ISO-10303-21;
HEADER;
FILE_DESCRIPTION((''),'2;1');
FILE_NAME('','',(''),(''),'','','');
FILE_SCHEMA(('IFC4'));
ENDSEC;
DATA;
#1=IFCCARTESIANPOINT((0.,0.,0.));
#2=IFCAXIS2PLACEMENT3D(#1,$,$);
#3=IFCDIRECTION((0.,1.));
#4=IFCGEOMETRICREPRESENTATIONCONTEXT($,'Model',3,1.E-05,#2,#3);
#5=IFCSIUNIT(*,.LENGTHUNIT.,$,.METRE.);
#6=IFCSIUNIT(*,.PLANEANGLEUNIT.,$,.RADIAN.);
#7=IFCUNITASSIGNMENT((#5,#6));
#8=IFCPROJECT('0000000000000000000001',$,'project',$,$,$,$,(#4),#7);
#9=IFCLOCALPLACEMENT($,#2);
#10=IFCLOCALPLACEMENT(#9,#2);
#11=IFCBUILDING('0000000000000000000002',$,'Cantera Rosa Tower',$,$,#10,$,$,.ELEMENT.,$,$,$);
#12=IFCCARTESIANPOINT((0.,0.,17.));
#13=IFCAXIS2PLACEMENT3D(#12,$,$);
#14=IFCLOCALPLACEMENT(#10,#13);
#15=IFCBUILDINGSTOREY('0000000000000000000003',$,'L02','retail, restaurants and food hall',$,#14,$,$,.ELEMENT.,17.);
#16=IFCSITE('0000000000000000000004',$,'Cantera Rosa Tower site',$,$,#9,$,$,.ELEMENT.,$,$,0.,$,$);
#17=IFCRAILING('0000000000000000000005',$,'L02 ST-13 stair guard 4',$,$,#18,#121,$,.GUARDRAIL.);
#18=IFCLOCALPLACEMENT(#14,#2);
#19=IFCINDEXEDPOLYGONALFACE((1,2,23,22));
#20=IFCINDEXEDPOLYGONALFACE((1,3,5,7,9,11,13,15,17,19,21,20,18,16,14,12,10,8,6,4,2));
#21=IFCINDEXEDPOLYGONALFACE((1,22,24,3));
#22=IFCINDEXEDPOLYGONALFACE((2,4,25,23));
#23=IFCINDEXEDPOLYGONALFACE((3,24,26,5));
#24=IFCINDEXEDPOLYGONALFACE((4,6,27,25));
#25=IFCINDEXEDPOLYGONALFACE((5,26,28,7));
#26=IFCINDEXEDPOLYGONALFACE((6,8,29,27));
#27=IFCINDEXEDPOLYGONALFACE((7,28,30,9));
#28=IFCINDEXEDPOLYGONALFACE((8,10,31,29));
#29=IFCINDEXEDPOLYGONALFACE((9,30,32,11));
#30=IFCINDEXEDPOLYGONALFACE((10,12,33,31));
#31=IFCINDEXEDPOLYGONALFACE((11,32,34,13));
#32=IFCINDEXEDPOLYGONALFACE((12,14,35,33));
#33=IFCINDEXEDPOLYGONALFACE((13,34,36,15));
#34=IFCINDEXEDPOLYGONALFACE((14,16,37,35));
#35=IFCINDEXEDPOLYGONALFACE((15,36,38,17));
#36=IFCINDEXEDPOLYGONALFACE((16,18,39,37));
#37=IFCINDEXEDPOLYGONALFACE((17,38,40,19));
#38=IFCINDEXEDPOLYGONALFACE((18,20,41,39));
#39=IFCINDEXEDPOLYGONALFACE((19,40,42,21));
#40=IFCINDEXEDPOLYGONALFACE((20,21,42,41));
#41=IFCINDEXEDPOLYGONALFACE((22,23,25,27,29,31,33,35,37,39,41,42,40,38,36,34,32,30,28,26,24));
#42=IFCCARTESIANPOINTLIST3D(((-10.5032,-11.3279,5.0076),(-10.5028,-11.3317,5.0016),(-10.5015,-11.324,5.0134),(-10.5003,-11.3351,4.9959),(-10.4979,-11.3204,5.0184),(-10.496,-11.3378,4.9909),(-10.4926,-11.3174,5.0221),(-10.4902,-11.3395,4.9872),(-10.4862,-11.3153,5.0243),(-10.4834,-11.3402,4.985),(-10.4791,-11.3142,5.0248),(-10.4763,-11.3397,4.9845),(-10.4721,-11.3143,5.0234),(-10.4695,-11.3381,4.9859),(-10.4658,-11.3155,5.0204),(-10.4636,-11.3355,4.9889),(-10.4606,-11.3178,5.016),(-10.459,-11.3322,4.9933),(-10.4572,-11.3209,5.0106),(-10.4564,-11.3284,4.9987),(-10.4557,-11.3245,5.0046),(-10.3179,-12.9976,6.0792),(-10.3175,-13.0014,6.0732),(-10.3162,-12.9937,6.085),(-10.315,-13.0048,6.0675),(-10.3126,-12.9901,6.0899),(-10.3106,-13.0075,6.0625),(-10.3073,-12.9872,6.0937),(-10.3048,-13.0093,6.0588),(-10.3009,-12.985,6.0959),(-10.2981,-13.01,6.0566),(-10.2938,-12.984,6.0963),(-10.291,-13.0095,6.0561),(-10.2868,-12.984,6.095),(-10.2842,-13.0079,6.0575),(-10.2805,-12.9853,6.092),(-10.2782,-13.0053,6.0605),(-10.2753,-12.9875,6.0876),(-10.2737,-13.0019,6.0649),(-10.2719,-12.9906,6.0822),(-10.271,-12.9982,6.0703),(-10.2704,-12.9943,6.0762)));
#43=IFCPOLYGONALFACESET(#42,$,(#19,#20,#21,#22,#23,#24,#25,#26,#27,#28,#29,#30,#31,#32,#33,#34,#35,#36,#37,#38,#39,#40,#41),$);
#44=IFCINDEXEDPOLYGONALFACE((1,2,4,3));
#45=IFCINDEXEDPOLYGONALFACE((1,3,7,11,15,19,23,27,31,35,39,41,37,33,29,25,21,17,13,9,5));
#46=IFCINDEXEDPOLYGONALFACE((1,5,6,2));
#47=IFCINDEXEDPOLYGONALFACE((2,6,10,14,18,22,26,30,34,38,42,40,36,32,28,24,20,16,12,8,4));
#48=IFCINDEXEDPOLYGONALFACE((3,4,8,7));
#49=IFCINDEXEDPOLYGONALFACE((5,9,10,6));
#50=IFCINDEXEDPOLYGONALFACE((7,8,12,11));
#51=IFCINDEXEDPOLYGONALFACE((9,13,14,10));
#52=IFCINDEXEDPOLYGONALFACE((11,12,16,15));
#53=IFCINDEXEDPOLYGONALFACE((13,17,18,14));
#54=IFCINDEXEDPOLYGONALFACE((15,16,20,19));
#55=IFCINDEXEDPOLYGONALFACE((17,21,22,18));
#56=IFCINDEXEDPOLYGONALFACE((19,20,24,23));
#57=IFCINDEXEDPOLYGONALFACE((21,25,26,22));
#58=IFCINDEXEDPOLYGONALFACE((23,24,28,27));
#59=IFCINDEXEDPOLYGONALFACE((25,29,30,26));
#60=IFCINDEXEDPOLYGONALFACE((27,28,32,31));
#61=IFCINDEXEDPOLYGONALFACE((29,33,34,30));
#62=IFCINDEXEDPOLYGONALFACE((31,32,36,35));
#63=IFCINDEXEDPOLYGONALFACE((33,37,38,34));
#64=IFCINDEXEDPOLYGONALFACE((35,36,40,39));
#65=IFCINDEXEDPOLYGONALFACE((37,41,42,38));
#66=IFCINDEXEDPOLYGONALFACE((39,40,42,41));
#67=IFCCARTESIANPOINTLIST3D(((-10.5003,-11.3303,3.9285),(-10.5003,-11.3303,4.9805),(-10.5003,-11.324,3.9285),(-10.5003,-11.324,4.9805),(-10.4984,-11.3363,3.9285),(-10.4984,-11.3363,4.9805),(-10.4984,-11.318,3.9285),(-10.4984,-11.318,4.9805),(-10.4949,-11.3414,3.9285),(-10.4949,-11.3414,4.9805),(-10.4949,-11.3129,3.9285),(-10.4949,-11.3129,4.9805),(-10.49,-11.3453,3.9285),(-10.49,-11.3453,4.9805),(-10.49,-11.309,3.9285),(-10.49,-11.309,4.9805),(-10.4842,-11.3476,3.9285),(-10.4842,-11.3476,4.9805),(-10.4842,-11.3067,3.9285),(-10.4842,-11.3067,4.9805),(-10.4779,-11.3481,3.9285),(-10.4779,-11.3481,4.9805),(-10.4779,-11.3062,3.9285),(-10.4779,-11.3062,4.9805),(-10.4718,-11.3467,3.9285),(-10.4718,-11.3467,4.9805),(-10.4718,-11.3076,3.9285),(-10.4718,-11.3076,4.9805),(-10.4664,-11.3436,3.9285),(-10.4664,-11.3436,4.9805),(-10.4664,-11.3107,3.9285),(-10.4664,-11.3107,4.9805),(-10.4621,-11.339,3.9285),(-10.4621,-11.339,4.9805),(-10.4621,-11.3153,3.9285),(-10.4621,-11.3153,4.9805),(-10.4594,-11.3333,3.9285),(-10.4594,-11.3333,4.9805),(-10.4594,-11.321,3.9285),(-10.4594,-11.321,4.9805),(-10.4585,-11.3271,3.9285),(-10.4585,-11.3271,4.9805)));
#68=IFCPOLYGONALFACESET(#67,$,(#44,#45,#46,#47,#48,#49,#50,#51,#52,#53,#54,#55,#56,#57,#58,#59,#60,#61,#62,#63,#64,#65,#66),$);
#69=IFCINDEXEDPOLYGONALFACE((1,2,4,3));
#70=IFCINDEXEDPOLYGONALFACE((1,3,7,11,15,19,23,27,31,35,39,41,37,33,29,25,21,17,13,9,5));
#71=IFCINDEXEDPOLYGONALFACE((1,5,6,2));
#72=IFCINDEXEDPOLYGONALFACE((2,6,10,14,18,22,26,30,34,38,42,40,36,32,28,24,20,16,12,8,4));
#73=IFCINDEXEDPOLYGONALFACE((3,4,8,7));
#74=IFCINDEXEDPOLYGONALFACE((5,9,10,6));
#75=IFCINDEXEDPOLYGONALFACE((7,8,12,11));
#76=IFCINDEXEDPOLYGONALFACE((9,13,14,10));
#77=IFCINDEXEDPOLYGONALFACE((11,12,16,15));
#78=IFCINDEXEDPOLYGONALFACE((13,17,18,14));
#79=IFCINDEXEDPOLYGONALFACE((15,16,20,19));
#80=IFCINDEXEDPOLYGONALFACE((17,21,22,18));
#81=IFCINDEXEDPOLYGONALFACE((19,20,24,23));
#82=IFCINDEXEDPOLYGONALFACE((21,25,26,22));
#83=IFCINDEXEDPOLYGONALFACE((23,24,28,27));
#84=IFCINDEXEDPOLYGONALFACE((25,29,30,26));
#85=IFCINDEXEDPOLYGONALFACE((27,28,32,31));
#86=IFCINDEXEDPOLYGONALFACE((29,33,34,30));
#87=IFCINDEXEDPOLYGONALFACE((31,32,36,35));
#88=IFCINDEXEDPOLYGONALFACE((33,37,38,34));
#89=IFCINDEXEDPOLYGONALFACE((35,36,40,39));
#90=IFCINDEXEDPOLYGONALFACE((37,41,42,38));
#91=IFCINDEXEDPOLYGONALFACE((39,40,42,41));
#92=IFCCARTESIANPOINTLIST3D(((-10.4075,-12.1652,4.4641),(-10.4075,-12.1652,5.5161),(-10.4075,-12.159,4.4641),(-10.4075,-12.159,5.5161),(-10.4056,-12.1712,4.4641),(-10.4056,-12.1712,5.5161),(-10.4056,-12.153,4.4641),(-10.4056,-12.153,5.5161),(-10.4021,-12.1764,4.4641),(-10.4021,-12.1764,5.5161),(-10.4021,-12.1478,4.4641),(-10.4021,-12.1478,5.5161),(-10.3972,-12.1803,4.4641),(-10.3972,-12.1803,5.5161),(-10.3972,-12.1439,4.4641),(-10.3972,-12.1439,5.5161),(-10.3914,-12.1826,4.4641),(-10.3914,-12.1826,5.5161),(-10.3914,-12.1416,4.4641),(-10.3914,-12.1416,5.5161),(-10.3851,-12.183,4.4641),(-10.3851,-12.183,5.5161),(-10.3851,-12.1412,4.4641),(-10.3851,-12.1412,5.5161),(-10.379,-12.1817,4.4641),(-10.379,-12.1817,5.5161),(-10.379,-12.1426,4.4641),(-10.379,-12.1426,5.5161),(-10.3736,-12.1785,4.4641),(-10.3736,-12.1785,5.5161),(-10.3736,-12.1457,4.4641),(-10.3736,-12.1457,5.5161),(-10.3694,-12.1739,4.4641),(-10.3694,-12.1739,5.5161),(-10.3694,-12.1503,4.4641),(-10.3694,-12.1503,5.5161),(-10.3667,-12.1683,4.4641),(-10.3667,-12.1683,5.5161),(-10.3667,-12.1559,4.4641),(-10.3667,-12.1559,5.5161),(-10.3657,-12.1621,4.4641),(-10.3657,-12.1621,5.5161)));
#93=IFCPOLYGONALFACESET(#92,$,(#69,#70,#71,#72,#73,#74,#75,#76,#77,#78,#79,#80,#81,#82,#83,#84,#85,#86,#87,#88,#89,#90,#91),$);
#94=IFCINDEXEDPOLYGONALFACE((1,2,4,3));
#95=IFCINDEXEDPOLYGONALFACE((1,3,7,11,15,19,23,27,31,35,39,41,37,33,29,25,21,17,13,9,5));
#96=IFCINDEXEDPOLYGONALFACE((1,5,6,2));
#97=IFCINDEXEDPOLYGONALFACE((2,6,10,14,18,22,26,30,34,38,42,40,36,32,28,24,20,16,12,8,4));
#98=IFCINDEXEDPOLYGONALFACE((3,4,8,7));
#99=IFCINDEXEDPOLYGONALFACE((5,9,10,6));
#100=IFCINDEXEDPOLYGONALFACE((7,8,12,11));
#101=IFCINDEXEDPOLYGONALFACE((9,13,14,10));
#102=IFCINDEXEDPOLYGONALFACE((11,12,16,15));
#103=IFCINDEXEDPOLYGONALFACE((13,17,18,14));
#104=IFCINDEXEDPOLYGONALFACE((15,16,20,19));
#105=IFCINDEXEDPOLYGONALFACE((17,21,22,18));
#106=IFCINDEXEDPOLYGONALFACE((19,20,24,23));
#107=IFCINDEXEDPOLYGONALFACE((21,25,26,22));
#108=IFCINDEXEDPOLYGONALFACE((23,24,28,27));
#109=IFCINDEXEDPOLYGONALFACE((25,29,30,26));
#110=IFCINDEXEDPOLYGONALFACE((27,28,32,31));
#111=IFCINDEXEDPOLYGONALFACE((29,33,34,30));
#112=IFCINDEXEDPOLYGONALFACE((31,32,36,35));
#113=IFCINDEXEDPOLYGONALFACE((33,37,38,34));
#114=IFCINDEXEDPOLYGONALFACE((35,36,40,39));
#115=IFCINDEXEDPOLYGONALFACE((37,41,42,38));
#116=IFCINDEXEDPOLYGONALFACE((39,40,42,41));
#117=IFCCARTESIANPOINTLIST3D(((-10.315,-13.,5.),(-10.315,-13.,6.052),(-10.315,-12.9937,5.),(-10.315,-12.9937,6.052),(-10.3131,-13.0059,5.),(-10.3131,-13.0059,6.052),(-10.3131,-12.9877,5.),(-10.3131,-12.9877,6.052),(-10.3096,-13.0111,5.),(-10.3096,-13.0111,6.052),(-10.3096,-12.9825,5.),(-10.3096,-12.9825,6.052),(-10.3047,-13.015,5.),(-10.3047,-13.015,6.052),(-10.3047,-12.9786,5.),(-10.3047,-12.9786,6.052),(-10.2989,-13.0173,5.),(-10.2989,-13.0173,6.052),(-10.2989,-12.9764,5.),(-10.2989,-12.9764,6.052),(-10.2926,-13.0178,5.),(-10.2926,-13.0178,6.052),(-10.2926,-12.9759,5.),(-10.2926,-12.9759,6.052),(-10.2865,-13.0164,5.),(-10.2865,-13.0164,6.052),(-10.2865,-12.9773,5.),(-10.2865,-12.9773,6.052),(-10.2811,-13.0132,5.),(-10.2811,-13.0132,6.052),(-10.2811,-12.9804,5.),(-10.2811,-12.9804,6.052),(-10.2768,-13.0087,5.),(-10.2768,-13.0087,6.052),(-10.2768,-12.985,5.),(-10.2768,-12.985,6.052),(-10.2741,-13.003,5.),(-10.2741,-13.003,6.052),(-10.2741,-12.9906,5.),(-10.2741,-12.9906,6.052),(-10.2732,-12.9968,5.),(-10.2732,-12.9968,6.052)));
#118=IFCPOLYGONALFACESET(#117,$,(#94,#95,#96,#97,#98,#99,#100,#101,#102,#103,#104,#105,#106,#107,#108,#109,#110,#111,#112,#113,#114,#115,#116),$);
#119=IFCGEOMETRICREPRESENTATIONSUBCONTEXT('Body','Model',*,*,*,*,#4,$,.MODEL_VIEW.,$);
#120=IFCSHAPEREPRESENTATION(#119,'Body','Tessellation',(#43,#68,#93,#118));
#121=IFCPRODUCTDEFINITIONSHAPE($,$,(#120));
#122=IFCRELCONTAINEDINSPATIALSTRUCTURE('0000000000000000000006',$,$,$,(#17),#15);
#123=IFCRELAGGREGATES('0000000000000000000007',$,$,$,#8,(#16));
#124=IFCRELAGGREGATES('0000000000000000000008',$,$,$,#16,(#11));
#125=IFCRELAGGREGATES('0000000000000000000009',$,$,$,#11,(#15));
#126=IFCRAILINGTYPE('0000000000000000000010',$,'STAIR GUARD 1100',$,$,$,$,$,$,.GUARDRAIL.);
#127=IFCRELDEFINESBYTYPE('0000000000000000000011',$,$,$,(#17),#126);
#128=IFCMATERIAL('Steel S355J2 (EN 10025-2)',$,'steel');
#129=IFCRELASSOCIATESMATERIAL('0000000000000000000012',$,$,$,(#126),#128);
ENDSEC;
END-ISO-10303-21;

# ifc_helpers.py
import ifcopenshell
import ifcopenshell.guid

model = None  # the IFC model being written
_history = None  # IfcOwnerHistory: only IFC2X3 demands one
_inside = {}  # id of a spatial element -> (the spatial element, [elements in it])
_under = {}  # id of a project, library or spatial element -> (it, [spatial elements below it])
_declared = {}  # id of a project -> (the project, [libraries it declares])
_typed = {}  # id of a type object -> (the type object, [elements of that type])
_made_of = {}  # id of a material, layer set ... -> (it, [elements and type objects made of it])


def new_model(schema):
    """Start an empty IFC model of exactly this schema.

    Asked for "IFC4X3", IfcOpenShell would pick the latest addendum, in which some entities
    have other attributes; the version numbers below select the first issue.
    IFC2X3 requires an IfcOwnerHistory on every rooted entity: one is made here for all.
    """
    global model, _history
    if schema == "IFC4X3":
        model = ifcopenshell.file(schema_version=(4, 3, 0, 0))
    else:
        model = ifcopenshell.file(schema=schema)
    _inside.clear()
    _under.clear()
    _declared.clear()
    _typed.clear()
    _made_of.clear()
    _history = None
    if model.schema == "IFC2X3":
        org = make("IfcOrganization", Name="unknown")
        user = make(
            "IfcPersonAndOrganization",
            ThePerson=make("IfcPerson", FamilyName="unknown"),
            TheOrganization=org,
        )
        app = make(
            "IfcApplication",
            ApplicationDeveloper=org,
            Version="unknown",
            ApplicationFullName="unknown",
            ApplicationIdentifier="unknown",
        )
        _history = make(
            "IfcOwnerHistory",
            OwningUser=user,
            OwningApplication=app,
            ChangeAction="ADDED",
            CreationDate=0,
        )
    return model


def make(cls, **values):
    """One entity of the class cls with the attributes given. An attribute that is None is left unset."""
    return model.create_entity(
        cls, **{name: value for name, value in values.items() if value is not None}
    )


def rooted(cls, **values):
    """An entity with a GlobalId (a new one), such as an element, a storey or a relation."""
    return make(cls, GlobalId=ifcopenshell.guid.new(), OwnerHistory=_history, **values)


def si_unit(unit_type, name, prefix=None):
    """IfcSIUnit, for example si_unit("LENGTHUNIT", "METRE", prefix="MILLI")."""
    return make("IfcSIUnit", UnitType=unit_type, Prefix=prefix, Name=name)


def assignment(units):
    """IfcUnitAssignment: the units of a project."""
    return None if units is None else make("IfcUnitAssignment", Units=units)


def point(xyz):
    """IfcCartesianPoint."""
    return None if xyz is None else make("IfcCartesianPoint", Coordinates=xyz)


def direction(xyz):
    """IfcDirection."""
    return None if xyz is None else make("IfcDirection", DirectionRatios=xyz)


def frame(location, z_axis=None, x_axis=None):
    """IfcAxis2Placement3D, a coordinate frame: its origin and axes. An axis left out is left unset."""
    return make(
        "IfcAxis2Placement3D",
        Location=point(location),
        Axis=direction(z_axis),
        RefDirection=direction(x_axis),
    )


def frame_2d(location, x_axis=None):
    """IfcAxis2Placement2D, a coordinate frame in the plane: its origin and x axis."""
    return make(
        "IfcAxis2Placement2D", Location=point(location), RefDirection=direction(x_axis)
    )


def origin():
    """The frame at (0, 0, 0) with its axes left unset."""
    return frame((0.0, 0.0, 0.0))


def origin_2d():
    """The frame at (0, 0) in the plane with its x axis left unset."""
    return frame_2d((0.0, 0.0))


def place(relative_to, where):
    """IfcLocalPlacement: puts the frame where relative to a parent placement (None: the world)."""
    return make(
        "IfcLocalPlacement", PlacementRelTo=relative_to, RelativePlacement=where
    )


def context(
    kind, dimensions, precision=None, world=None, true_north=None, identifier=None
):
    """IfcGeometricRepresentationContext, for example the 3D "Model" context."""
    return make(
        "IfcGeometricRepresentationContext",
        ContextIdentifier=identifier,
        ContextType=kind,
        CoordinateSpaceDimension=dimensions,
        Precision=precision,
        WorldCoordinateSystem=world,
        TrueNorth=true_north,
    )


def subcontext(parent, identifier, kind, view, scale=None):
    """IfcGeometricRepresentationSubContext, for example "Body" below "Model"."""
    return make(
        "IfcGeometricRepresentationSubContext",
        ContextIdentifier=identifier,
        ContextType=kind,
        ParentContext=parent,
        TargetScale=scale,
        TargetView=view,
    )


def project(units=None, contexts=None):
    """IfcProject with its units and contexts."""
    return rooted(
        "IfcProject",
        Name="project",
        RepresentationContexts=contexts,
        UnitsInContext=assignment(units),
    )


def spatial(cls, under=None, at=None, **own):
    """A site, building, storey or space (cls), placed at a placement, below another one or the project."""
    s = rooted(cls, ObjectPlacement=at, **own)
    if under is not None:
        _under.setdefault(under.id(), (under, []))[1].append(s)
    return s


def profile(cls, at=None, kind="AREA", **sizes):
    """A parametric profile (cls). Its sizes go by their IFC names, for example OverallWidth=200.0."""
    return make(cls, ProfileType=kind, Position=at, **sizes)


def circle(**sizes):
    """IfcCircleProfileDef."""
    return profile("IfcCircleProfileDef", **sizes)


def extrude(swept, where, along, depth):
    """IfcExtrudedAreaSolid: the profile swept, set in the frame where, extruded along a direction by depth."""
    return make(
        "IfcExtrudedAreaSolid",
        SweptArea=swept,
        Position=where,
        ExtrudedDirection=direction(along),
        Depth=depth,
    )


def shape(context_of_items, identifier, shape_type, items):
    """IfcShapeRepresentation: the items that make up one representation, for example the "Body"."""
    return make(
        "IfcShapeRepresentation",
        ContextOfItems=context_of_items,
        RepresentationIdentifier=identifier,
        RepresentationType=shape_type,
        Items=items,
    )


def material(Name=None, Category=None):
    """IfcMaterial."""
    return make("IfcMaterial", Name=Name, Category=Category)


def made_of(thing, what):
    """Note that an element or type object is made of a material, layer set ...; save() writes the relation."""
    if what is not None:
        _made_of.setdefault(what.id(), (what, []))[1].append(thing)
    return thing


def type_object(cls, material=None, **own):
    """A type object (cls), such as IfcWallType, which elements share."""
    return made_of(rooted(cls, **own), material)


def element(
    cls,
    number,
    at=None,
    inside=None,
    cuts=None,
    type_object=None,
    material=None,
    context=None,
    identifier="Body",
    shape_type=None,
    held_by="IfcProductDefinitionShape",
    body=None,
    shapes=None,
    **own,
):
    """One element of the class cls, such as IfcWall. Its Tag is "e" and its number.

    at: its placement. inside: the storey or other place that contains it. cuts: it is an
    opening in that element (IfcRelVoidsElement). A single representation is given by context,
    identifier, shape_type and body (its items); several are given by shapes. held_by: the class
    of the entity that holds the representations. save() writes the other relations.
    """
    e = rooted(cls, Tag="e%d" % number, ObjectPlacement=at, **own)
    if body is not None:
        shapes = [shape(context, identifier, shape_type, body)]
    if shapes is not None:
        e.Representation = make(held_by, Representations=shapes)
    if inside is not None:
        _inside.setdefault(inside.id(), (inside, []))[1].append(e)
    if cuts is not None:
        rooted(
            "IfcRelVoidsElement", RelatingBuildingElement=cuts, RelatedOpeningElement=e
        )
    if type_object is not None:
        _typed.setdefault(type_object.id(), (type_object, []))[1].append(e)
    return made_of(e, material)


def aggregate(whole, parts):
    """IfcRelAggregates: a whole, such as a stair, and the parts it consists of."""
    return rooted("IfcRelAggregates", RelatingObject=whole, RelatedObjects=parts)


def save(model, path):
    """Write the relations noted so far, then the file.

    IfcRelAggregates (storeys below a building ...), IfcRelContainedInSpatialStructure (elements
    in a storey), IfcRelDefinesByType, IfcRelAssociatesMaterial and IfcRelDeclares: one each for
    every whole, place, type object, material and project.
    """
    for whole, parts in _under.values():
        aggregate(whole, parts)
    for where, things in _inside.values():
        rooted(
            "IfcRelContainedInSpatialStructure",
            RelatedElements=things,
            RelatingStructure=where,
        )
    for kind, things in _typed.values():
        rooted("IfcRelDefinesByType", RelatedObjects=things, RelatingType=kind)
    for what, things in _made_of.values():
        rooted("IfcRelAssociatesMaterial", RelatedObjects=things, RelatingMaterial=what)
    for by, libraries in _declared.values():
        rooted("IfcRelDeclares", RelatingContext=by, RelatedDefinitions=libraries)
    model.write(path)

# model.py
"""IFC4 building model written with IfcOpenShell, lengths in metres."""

from ifc_helpers import new_model, si_unit, direction, frame, origin, origin_2d, place, context, subcontext, project, spatial, circle, extrude, material, type_object, element, save


model = new_model("IFC4")

# Units and contexts
model_context = context("Model", 3, precision=1e-05, world=origin(), true_north=direction((0.0, 1.0)))
body_context = subcontext(model_context, "Body", "Model", "MODEL_VIEW")
ifc_project = project(units=[si_unit("LENGTHUNIT", "METRE"), si_unit("PLANEANGLEUNIT", "RADIAN")], contexts=[model_context])

# Site, building, storey
site_placement = place(None, origin())
site = spatial("IfcSite", under=ifc_project, at=site_placement, Name="Cantera Rosa Tower site", CompositionType="ELEMENT", RefElevation=0.0)
building_placement = place(site_placement, origin())
building = spatial("IfcBuilding", under=site, at=building_placement, Name="Cantera Rosa Tower", CompositionType="ELEMENT")
storey_placement = place(building_placement, frame((0.0, 0.0, 17.0)))
storey = spatial("IfcBuildingStorey", under=building, at=storey_placement, Name="L02", Description="retail, restaurants and food hall", CompositionType="ELEMENT", Elevation=17.0)

# Railing
ifc_material_1 = material(Name="Steel S355J2 (EN 10025-2)", Category="steel")
railing_type = type_object("IfcRailingType", Name="STAIR GUARD 1100", PredefinedType="GUARDRAIL", material=ifc_material_1)
railing_1_placement = place(storey_placement, frame((-10.4795, -11.3271, 3.9285)))
element("IfcRailing", 1, at=railing_1_placement, inside=storey, type_object=railing_type, Name="L02 ST-13 stair guard 4", PredefinedType="GUARDRAIL", context=body_context, shape_type="SweptSolid", body=[
    extrude(circle(Radius=0.0239, at=origin_2d()), frame((0.0, 0.0, 1.0762), z_axis=(0.092997, -0.837951, 0.537764), x_axis=(0.993898, 0.110304, 0.0)), (0.0, 0.0, 1.0), 1.9927),
    extrude(circle(Radius=0.021, at=origin_2d()), origin(), (0.0, 0.0, 1.0), 1.052),
    extrude(circle(Radius=0.021, at=origin_2d()), frame((0.0928, -0.835, 0.5356)), (0.0, 0.0, 1.0), 1.052),
    extrude(circle(Radius=0.021, at=origin_2d()), frame((0.1853, -1.6697, 1.0715)), (0.0, 0.0, 1.0), 1.052),
])

save(model, "model.ifc")
